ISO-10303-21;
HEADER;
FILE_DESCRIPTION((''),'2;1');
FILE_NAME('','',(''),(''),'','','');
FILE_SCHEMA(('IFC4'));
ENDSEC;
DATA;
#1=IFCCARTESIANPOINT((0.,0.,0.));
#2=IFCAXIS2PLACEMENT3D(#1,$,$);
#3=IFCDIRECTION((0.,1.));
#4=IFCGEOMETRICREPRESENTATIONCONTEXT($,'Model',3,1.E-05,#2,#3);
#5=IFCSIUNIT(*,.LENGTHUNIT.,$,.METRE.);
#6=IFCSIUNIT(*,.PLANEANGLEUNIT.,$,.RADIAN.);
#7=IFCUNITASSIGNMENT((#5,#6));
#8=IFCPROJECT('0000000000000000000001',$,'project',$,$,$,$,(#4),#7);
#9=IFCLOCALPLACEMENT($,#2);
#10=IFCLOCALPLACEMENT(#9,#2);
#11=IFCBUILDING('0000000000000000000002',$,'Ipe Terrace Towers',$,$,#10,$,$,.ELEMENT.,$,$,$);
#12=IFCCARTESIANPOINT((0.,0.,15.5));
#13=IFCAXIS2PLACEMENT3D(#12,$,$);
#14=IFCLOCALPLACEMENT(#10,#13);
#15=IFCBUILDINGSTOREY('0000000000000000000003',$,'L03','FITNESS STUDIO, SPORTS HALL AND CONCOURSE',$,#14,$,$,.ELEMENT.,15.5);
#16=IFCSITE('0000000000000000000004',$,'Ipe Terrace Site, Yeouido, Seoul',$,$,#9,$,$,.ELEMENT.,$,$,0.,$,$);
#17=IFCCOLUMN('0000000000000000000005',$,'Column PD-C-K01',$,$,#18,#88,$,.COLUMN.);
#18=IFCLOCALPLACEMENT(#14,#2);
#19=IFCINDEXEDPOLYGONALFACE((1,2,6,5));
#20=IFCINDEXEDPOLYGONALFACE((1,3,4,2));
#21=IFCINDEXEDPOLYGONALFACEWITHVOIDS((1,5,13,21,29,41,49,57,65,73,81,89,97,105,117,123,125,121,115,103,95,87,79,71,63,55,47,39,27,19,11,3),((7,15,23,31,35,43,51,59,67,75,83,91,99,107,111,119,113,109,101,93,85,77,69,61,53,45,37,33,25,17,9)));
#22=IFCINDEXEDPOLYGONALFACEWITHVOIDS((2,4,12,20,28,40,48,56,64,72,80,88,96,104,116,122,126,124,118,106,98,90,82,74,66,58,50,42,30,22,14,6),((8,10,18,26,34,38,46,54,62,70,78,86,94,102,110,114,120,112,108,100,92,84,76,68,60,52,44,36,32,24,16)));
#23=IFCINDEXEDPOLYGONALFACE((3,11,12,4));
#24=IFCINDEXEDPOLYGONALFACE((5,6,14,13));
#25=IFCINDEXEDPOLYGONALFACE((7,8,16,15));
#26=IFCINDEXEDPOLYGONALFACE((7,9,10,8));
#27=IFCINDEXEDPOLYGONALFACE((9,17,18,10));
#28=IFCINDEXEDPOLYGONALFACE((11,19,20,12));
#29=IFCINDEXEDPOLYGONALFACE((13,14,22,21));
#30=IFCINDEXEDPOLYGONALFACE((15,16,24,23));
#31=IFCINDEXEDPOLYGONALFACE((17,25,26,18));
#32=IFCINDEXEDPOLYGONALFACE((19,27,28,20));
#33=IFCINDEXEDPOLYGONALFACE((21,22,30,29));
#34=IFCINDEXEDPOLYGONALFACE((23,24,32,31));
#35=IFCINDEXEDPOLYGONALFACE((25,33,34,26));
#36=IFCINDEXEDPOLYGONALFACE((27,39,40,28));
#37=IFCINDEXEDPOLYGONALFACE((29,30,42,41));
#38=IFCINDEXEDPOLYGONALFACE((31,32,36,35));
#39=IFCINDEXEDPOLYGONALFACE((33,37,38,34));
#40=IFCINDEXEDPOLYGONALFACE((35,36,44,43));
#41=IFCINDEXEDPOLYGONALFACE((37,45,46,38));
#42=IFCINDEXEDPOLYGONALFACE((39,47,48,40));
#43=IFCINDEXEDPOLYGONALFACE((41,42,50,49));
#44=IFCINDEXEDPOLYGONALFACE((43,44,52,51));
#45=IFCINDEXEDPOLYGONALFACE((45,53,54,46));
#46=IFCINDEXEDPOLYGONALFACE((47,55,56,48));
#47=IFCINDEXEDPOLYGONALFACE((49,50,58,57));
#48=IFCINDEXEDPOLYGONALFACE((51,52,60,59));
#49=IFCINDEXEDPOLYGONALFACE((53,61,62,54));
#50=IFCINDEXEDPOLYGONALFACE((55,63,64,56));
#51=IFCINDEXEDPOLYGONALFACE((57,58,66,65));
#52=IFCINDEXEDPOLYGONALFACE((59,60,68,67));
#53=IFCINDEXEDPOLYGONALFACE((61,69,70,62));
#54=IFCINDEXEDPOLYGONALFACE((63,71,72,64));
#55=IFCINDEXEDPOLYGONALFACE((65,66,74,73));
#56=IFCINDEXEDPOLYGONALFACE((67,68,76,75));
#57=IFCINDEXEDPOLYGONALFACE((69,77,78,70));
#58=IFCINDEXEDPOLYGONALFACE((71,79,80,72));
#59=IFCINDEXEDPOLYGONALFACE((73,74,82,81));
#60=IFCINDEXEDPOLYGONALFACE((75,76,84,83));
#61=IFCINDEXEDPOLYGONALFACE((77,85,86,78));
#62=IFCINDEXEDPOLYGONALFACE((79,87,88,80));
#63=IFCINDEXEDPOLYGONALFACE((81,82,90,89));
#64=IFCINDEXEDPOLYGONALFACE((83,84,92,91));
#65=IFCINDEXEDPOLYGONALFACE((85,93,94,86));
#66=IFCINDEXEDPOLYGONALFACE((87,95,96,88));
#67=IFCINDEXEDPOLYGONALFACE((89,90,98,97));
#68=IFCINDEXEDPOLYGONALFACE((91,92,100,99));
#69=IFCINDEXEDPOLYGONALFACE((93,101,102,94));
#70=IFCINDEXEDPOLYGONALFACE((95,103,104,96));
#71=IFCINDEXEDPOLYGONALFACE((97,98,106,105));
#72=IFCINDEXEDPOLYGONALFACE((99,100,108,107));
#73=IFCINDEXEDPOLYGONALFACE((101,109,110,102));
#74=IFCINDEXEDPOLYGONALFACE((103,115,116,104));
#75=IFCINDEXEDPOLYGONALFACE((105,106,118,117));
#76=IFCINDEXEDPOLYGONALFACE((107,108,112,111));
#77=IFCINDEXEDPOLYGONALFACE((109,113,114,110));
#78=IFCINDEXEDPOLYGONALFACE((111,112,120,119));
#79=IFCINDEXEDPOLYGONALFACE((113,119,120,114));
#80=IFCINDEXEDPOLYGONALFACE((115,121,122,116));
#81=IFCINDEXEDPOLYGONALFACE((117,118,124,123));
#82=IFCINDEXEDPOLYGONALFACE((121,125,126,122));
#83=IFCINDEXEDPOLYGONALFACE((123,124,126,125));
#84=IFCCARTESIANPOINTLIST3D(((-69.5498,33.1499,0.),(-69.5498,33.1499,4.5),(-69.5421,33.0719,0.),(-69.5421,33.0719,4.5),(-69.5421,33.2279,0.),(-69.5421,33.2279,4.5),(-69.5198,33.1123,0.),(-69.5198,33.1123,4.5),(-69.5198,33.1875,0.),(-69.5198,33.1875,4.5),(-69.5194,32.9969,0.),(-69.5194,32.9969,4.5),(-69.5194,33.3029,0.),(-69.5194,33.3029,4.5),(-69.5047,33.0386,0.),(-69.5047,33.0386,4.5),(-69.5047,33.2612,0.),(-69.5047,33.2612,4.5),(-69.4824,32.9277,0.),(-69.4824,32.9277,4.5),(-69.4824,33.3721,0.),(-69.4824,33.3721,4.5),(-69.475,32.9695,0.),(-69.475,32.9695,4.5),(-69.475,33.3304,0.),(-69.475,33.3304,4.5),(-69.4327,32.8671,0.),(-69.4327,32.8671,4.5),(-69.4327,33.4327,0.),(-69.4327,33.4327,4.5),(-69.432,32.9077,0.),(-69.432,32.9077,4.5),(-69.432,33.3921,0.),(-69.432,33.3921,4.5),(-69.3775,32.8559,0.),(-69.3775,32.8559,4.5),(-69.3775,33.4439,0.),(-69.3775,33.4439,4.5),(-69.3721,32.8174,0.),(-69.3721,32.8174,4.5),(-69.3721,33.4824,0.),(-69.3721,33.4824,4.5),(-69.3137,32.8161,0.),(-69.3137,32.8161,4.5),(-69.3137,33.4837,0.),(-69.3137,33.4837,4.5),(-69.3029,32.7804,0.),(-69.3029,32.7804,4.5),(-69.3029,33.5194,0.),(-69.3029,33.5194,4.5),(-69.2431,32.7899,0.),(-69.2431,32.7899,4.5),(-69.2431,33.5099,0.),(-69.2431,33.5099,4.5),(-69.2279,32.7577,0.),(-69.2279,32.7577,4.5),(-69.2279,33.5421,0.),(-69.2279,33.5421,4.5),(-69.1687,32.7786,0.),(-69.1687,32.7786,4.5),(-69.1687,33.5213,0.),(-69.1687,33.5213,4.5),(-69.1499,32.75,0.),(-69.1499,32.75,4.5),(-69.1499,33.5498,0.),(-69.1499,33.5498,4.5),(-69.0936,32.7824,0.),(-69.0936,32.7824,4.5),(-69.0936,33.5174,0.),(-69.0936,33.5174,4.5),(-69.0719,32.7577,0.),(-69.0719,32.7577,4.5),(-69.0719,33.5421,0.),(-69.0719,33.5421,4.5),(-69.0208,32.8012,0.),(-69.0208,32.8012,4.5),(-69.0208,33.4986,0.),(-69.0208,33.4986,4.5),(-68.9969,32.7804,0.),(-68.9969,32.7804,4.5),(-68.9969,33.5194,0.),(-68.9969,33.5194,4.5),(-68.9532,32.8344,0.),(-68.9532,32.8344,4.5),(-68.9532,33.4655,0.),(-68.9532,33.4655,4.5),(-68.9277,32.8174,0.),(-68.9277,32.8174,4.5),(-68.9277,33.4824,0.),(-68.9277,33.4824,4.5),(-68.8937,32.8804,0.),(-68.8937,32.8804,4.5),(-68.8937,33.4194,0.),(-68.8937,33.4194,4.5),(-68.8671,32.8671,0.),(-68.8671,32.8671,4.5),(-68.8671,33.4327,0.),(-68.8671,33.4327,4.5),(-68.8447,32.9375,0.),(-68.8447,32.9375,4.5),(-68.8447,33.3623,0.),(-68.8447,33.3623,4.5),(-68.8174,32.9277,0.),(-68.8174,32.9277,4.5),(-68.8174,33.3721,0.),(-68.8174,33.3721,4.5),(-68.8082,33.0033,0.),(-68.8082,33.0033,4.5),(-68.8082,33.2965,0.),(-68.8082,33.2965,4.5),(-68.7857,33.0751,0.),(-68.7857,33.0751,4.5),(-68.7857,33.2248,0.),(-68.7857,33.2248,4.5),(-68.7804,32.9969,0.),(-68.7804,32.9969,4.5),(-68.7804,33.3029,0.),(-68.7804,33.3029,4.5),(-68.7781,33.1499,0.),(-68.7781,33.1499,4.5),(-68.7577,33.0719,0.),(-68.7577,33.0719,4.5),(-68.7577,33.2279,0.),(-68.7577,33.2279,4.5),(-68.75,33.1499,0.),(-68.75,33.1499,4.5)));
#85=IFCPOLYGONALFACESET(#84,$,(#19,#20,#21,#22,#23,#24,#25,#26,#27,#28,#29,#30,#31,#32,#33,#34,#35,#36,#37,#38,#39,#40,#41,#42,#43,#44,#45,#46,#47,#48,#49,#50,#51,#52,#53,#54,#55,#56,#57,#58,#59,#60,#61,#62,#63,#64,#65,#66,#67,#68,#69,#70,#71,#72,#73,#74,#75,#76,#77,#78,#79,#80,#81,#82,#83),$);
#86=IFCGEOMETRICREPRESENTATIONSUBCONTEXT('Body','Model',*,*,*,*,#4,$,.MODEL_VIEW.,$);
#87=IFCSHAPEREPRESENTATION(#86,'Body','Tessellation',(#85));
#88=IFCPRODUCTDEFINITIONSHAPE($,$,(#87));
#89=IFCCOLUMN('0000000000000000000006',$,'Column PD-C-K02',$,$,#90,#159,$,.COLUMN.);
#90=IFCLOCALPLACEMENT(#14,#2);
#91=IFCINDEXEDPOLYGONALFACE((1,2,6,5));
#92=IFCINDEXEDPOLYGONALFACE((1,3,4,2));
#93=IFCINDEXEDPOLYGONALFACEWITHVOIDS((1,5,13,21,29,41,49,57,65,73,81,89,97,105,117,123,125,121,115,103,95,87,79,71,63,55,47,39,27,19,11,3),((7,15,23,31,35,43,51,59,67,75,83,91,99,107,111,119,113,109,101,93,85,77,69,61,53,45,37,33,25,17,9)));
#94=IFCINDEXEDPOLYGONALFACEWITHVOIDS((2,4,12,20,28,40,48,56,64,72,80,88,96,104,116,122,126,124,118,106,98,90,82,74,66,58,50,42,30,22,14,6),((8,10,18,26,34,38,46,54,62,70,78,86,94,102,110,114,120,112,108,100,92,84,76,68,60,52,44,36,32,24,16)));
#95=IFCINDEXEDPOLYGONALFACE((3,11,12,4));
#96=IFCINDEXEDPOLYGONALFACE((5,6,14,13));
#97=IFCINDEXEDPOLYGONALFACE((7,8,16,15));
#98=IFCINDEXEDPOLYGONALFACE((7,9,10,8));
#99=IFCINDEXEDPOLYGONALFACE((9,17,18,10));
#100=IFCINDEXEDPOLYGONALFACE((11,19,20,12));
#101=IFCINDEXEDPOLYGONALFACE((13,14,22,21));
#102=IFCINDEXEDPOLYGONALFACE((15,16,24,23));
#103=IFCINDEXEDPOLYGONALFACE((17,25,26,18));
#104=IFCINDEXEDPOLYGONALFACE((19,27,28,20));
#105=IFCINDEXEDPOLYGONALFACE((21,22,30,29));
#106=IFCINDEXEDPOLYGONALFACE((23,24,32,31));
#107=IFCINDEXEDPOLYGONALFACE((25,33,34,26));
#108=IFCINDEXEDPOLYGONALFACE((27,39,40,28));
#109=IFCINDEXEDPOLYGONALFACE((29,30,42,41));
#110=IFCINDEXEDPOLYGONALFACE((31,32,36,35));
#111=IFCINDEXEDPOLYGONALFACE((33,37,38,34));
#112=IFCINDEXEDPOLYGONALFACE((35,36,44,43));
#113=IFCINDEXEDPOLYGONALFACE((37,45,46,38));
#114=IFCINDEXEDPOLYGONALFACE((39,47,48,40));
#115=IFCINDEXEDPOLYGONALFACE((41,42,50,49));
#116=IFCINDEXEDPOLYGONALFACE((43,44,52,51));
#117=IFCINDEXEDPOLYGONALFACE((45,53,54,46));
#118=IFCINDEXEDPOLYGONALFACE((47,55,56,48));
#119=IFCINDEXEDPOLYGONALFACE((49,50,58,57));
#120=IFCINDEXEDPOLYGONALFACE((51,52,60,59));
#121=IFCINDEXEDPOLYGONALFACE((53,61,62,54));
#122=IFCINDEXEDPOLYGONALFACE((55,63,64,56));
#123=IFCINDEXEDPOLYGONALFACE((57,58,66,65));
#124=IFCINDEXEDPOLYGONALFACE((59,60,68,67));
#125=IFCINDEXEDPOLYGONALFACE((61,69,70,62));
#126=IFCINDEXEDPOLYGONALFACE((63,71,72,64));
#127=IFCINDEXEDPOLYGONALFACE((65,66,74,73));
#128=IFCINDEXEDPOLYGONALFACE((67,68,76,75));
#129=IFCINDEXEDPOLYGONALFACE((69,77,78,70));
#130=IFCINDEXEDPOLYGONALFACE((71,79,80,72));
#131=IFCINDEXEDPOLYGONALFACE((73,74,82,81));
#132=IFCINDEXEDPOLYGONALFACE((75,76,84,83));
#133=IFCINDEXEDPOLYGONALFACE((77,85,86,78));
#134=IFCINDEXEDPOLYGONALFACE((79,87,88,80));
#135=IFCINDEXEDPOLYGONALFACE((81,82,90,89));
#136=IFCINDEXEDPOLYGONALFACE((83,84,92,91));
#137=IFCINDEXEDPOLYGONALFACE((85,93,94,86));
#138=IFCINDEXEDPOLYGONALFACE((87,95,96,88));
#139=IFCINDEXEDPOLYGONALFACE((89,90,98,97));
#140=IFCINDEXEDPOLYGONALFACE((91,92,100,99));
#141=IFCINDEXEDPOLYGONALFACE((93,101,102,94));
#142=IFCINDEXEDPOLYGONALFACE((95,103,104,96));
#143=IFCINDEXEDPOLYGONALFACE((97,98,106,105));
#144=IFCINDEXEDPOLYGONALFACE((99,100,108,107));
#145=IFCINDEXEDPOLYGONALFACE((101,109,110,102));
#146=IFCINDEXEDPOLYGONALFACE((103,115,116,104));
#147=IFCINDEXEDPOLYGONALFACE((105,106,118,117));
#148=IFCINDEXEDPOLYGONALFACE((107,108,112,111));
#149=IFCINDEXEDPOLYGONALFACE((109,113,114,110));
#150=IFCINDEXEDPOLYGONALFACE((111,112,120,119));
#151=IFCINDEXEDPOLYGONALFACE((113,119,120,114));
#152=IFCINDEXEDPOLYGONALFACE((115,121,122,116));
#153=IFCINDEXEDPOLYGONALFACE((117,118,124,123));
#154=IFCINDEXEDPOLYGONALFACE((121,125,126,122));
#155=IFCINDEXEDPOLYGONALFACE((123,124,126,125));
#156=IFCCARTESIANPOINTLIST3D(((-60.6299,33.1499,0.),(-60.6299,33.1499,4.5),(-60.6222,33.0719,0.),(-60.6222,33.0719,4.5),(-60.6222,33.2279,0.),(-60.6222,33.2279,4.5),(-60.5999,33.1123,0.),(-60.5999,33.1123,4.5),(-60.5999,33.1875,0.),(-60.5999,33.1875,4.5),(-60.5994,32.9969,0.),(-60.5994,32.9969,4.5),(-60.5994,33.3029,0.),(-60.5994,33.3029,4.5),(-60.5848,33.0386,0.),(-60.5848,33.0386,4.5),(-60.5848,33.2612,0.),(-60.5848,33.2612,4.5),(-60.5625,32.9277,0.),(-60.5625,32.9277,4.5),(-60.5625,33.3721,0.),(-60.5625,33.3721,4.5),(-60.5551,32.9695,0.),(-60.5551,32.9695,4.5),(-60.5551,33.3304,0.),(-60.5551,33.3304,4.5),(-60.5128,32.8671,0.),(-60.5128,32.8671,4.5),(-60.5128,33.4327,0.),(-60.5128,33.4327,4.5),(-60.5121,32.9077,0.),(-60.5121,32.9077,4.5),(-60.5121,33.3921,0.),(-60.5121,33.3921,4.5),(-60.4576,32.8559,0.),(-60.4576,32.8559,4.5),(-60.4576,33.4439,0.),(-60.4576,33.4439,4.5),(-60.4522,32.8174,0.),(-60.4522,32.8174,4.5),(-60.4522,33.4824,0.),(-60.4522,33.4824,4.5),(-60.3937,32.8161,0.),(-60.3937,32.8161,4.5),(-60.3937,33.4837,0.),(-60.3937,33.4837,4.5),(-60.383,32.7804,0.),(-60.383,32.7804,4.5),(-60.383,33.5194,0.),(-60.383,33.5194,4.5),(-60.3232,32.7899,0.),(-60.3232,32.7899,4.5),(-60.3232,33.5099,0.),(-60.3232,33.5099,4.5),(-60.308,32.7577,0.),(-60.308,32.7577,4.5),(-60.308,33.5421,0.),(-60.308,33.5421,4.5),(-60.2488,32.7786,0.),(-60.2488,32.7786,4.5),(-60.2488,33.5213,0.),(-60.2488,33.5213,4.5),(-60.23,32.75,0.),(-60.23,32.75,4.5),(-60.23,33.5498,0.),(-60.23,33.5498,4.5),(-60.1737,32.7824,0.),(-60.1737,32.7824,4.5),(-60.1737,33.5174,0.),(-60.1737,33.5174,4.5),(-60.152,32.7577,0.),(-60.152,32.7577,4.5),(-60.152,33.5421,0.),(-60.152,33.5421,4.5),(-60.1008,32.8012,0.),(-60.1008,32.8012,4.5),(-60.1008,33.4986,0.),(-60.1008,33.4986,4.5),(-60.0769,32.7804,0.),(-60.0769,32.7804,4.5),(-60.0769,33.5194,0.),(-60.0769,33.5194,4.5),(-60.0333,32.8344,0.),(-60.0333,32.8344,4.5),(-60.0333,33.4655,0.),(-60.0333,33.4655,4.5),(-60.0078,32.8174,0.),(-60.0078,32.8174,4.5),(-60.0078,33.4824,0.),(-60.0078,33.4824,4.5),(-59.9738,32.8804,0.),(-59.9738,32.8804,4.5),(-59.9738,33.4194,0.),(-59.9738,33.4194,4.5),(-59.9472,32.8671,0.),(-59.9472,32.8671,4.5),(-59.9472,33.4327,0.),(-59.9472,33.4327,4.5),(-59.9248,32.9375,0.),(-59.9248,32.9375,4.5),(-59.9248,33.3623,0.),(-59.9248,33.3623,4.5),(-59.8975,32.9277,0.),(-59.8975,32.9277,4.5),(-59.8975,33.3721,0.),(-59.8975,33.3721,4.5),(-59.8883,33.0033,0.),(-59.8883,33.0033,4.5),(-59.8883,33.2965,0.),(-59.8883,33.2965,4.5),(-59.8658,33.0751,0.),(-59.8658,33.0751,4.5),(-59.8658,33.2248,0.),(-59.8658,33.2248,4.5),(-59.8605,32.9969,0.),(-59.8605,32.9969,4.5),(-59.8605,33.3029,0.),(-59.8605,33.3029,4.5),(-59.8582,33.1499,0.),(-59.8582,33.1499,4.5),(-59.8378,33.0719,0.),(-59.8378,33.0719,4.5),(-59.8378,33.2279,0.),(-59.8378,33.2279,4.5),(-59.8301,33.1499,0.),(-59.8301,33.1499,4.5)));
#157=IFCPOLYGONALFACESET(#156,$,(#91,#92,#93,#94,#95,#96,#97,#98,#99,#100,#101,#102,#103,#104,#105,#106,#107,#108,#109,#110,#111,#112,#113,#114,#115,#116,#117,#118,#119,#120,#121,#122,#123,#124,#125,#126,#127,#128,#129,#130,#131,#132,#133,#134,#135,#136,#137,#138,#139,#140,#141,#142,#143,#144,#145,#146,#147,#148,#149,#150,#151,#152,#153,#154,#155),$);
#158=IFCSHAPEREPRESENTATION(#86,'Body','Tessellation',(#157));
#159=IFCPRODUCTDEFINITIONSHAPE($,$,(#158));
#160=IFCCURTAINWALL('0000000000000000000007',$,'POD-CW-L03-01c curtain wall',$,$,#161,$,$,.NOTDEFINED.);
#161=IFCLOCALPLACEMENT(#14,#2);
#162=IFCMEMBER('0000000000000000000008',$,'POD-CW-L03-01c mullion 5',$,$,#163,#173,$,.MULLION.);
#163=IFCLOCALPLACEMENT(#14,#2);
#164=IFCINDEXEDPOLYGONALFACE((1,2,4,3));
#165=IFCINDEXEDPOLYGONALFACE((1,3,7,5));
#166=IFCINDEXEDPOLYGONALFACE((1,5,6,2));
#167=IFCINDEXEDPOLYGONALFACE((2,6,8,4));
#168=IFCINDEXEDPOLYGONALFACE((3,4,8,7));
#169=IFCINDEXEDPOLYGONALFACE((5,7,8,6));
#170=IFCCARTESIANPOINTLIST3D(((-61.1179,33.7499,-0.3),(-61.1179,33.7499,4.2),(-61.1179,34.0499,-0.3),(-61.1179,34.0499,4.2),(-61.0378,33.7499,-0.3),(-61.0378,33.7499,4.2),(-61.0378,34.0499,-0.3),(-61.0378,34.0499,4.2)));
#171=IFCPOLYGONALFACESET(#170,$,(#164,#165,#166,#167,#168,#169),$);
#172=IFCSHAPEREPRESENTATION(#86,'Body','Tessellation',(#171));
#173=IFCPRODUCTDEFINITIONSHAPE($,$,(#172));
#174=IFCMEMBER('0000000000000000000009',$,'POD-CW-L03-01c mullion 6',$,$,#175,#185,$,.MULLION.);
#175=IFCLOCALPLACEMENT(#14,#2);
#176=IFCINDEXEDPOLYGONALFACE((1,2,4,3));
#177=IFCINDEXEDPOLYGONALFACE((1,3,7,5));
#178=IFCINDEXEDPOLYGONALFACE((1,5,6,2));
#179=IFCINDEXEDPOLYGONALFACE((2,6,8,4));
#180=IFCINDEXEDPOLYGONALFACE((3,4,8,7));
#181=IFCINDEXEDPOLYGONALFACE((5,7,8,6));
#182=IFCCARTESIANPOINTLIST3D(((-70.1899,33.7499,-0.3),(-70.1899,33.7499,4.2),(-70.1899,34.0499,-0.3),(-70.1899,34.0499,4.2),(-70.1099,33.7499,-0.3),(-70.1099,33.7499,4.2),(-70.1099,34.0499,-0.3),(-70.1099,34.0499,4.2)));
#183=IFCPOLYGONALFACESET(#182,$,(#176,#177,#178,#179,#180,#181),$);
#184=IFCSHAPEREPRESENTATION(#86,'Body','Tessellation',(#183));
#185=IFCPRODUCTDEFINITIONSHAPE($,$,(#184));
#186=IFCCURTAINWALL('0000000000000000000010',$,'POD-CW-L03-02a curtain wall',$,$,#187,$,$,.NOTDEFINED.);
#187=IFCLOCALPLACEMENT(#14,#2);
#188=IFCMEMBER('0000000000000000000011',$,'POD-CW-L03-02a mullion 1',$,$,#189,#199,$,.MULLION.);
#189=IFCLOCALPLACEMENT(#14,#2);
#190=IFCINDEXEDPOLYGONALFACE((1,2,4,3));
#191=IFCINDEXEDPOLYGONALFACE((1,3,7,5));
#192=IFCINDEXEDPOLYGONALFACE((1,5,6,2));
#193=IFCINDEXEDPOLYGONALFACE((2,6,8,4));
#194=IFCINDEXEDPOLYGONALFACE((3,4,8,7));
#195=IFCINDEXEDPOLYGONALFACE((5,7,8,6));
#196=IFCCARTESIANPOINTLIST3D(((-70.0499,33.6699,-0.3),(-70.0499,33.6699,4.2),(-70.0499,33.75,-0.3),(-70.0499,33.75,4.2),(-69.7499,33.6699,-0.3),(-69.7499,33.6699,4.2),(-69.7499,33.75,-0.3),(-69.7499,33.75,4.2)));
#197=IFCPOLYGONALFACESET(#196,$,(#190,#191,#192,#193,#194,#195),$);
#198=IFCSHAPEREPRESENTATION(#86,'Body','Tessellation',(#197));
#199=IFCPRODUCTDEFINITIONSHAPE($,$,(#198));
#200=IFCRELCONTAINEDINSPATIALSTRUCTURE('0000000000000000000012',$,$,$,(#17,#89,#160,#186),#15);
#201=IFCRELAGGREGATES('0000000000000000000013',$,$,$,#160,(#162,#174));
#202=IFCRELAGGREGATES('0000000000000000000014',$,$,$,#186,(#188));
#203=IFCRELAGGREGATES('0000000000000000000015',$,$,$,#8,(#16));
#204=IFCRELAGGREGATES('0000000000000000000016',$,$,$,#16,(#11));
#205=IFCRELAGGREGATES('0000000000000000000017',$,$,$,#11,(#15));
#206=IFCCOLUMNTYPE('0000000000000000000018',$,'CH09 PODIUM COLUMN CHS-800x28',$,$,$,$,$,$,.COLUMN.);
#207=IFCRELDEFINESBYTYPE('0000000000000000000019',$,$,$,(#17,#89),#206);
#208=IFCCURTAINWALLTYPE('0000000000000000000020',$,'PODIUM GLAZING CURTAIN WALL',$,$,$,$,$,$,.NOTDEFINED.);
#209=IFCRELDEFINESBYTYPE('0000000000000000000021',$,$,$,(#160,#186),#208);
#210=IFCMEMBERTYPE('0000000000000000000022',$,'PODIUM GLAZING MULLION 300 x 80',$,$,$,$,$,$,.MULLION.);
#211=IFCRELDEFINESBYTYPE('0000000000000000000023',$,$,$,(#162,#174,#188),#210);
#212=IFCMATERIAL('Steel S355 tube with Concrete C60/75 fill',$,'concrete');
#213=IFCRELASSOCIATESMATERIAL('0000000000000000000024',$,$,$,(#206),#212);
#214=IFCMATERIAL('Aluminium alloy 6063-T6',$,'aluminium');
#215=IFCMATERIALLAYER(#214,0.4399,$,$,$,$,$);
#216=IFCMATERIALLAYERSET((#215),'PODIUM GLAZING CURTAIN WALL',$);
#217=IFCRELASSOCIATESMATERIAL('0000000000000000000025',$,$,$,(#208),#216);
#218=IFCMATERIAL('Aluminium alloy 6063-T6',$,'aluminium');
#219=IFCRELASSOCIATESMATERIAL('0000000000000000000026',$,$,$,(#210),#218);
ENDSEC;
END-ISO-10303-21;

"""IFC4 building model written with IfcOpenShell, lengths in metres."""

from ifc_helpers import new_model, si_unit, direction, frame, origin, origin_2d, place, context, subcontext, project, spatial, rectangle, hollow_circle, extrude, material, layer, layer_set, material_profile, profile_set, type_object, element, aggregate, save


model = new_model("IFC4")

# Units and contexts
model_context = context("Model", 3, precision=1e-05, world=origin(), true_north=direction((0.0, 1.0)))
body_context = subcontext(model_context, "Body", "Model", "MODEL_VIEW")
ifc_project = project(units=[si_unit("LENGTHUNIT", "METRE"), si_unit("PLANEANGLEUNIT", "RADIAN")], contexts=[model_context])

# Site, building, storey
site_placement = place(None, origin())
site = spatial("IfcSite", under=ifc_project, at=site_placement, Name="Ipe Terrace Site, Yeouido, Seoul", CompositionType="ELEMENT", RefElevation=0.0)
building_placement = place(site_placement, origin())
building = spatial("IfcBuilding", under=site, at=building_placement, Name="Ipe Terrace Towers", CompositionType="ELEMENT")
storey_placement = place(building_placement, frame((0.0, 0.0, 15.5)))
storey = spatial("IfcBuildingStorey", under=building, at=storey_placement, Name="L03", Description="FITNESS STUDIO, SPORTS HALL AND CONCOURSE", CompositionType="ELEMENT", Elevation=15.5)

# Columns
ifc_material_1 = material(Name="Steel S355 tube with Concrete C60/75 fill", Category="concrete")
ifc_material_profile_1 = material_profile(ifc_material_1, hollow_circle(Radius=0.3999, WallThickness=0.0281, at=origin_2d()), Name="CHS-800x28")
ifc_profile_set_1 = profile_set([ifc_material_profile_1], Name="Steel S355 tube with Concrete C60/75 fill")
column_type = type_object("IfcColumnType", Name="CH09 PODIUM COLUMN CHS-800x28", PredefinedType="COLUMN", material=ifc_profile_set_1)
for number, where, z_axis, x_axis, name in (
    (1, (-69.1499, 33.1499, 0.0), (0.0, 0.0, 1.0), (1.0, 0.0, 0.0), "Column PD-C-K01"),
    (2, (-60.23, 33.1499, 0.0), (0.0, 0.0, 1.0), (1.0, 0.0, 0.0), "Column PD-C-K02"),
):
    element("IfcColumn", number, at=place(storey_placement, frame(where, z_axis=z_axis, x_axis=x_axis)), inside=storey, type_object=column_type, Name=name, PredefinedType="COLUMN", context=body_context, shape_type="SweptSolid", body=[
        extrude(hollow_circle(Radius=0.3999, WallThickness=0.0281, at=origin_2d()), origin(), (0.0, 0.0, 1.0), 4.5),
    ])

# Curtain walls, members
ifc_material_2 = material(Name="Aluminium alloy 6063-T6", Category="aluminium")
ifc_layer_1 = layer(ifc_material_2, 0.4399)
ifc_layer_set_1 = layer_set([ifc_layer_1], Name="PODIUM GLAZING CURTAIN WALL")
curtain_wall_type = type_object("IfcCurtainWallType", Name="PODIUM GLAZING CURTAIN WALL", PredefinedType="NOTDEFINED", material=ifc_layer_set_1)
curtain_wall_1_placement = place(storey_placement, origin())
curtain_wall_1 = element("IfcCurtainWall", 3, at=curtain_wall_1_placement, inside=storey, type_object=curtain_wall_type, Name="POD-CW-L03-01c curtain wall", PredefinedType="NOTDEFINED")
ifc_material_3 = material(Name="Aluminium alloy 6063-T6", Category="aluminium")
ifc_material_profile_2 = material_profile(ifc_material_3, rectangle(XDim=0.3, YDim=0.0801, at=origin_2d()), Name="PODIUM GLAZING MULLION 300 x 80")
ifc_profile_set_2 = profile_set([ifc_material_profile_2], Name="Aluminium alloy 6063-T6")
member_type_1 = type_object("IfcMemberType", Name="PODIUM GLAZING MULLION 300 x 80", PredefinedType="MULLION", material=ifc_profile_set_2)
member_1_placement = place(storey_placement, frame((-61.0779, 33.8999, -0.3), z_axis=(0.0, 0.0, 1.0), x_axis=(0.0, 1.0, 0.0)))
member_1 = element("IfcMember", 4, at=member_1_placement, type_object=member_type_1, Name="POD-CW-L03-01c mullion 5", PredefinedType="MULLION", context=body_context, shape_type="SweptSolid", body=[
    extrude(rectangle(XDim=0.3, YDim=0.0801, at=origin_2d()), origin(), (0.0, 0.0, 1.0), 4.5),
])
member_2_placement = place(storey_placement, frame((-70.1499, 33.8999, -0.3), z_axis=(0.0, 0.0, 1.0), x_axis=(0.0, 1.0, 0.0)))
member_2 = element("IfcMember", 5, at=member_2_placement, type_object=member_type_1, Name="POD-CW-L03-01c mullion 6", PredefinedType="MULLION", context=body_context, shape_type="SweptSolid", body=[
    extrude(rectangle(XDim=0.3, YDim=0.0801, at=origin_2d()), origin(), (0.0, 0.0, 1.0), 4.5),
])
curtain_wall_2_placement = place(storey_placement, origin())
curtain_wall_2 = element("IfcCurtainWall", 6, at=curtain_wall_2_placement, inside=storey, type_object=curtain_wall_type, Name="POD-CW-L03-02a curtain wall", PredefinedType="NOTDEFINED")
member_3_placement = place(storey_placement, frame((-69.8999, 33.71, -0.3), z_axis=(0.0, 0.0, 1.0), x_axis=(-1.0, 0.0, 0.0)))
member_3 = element("IfcMember", 7, at=member_3_placement, type_object=member_type_1, Name="POD-CW-L03-02a mullion 1", PredefinedType="MULLION", context=body_context, shape_type="SweptSolid", body=[
    extrude(rectangle(XDim=0.3, YDim=0.0801, at=origin_2d()), origin(), (0.0, 0.0, 1.0), 4.5),
])

aggregate(curtain_wall_1, [member_1, member_2])
aggregate(curtain_wall_2, [member_3])

save(model, "model.ifc")
